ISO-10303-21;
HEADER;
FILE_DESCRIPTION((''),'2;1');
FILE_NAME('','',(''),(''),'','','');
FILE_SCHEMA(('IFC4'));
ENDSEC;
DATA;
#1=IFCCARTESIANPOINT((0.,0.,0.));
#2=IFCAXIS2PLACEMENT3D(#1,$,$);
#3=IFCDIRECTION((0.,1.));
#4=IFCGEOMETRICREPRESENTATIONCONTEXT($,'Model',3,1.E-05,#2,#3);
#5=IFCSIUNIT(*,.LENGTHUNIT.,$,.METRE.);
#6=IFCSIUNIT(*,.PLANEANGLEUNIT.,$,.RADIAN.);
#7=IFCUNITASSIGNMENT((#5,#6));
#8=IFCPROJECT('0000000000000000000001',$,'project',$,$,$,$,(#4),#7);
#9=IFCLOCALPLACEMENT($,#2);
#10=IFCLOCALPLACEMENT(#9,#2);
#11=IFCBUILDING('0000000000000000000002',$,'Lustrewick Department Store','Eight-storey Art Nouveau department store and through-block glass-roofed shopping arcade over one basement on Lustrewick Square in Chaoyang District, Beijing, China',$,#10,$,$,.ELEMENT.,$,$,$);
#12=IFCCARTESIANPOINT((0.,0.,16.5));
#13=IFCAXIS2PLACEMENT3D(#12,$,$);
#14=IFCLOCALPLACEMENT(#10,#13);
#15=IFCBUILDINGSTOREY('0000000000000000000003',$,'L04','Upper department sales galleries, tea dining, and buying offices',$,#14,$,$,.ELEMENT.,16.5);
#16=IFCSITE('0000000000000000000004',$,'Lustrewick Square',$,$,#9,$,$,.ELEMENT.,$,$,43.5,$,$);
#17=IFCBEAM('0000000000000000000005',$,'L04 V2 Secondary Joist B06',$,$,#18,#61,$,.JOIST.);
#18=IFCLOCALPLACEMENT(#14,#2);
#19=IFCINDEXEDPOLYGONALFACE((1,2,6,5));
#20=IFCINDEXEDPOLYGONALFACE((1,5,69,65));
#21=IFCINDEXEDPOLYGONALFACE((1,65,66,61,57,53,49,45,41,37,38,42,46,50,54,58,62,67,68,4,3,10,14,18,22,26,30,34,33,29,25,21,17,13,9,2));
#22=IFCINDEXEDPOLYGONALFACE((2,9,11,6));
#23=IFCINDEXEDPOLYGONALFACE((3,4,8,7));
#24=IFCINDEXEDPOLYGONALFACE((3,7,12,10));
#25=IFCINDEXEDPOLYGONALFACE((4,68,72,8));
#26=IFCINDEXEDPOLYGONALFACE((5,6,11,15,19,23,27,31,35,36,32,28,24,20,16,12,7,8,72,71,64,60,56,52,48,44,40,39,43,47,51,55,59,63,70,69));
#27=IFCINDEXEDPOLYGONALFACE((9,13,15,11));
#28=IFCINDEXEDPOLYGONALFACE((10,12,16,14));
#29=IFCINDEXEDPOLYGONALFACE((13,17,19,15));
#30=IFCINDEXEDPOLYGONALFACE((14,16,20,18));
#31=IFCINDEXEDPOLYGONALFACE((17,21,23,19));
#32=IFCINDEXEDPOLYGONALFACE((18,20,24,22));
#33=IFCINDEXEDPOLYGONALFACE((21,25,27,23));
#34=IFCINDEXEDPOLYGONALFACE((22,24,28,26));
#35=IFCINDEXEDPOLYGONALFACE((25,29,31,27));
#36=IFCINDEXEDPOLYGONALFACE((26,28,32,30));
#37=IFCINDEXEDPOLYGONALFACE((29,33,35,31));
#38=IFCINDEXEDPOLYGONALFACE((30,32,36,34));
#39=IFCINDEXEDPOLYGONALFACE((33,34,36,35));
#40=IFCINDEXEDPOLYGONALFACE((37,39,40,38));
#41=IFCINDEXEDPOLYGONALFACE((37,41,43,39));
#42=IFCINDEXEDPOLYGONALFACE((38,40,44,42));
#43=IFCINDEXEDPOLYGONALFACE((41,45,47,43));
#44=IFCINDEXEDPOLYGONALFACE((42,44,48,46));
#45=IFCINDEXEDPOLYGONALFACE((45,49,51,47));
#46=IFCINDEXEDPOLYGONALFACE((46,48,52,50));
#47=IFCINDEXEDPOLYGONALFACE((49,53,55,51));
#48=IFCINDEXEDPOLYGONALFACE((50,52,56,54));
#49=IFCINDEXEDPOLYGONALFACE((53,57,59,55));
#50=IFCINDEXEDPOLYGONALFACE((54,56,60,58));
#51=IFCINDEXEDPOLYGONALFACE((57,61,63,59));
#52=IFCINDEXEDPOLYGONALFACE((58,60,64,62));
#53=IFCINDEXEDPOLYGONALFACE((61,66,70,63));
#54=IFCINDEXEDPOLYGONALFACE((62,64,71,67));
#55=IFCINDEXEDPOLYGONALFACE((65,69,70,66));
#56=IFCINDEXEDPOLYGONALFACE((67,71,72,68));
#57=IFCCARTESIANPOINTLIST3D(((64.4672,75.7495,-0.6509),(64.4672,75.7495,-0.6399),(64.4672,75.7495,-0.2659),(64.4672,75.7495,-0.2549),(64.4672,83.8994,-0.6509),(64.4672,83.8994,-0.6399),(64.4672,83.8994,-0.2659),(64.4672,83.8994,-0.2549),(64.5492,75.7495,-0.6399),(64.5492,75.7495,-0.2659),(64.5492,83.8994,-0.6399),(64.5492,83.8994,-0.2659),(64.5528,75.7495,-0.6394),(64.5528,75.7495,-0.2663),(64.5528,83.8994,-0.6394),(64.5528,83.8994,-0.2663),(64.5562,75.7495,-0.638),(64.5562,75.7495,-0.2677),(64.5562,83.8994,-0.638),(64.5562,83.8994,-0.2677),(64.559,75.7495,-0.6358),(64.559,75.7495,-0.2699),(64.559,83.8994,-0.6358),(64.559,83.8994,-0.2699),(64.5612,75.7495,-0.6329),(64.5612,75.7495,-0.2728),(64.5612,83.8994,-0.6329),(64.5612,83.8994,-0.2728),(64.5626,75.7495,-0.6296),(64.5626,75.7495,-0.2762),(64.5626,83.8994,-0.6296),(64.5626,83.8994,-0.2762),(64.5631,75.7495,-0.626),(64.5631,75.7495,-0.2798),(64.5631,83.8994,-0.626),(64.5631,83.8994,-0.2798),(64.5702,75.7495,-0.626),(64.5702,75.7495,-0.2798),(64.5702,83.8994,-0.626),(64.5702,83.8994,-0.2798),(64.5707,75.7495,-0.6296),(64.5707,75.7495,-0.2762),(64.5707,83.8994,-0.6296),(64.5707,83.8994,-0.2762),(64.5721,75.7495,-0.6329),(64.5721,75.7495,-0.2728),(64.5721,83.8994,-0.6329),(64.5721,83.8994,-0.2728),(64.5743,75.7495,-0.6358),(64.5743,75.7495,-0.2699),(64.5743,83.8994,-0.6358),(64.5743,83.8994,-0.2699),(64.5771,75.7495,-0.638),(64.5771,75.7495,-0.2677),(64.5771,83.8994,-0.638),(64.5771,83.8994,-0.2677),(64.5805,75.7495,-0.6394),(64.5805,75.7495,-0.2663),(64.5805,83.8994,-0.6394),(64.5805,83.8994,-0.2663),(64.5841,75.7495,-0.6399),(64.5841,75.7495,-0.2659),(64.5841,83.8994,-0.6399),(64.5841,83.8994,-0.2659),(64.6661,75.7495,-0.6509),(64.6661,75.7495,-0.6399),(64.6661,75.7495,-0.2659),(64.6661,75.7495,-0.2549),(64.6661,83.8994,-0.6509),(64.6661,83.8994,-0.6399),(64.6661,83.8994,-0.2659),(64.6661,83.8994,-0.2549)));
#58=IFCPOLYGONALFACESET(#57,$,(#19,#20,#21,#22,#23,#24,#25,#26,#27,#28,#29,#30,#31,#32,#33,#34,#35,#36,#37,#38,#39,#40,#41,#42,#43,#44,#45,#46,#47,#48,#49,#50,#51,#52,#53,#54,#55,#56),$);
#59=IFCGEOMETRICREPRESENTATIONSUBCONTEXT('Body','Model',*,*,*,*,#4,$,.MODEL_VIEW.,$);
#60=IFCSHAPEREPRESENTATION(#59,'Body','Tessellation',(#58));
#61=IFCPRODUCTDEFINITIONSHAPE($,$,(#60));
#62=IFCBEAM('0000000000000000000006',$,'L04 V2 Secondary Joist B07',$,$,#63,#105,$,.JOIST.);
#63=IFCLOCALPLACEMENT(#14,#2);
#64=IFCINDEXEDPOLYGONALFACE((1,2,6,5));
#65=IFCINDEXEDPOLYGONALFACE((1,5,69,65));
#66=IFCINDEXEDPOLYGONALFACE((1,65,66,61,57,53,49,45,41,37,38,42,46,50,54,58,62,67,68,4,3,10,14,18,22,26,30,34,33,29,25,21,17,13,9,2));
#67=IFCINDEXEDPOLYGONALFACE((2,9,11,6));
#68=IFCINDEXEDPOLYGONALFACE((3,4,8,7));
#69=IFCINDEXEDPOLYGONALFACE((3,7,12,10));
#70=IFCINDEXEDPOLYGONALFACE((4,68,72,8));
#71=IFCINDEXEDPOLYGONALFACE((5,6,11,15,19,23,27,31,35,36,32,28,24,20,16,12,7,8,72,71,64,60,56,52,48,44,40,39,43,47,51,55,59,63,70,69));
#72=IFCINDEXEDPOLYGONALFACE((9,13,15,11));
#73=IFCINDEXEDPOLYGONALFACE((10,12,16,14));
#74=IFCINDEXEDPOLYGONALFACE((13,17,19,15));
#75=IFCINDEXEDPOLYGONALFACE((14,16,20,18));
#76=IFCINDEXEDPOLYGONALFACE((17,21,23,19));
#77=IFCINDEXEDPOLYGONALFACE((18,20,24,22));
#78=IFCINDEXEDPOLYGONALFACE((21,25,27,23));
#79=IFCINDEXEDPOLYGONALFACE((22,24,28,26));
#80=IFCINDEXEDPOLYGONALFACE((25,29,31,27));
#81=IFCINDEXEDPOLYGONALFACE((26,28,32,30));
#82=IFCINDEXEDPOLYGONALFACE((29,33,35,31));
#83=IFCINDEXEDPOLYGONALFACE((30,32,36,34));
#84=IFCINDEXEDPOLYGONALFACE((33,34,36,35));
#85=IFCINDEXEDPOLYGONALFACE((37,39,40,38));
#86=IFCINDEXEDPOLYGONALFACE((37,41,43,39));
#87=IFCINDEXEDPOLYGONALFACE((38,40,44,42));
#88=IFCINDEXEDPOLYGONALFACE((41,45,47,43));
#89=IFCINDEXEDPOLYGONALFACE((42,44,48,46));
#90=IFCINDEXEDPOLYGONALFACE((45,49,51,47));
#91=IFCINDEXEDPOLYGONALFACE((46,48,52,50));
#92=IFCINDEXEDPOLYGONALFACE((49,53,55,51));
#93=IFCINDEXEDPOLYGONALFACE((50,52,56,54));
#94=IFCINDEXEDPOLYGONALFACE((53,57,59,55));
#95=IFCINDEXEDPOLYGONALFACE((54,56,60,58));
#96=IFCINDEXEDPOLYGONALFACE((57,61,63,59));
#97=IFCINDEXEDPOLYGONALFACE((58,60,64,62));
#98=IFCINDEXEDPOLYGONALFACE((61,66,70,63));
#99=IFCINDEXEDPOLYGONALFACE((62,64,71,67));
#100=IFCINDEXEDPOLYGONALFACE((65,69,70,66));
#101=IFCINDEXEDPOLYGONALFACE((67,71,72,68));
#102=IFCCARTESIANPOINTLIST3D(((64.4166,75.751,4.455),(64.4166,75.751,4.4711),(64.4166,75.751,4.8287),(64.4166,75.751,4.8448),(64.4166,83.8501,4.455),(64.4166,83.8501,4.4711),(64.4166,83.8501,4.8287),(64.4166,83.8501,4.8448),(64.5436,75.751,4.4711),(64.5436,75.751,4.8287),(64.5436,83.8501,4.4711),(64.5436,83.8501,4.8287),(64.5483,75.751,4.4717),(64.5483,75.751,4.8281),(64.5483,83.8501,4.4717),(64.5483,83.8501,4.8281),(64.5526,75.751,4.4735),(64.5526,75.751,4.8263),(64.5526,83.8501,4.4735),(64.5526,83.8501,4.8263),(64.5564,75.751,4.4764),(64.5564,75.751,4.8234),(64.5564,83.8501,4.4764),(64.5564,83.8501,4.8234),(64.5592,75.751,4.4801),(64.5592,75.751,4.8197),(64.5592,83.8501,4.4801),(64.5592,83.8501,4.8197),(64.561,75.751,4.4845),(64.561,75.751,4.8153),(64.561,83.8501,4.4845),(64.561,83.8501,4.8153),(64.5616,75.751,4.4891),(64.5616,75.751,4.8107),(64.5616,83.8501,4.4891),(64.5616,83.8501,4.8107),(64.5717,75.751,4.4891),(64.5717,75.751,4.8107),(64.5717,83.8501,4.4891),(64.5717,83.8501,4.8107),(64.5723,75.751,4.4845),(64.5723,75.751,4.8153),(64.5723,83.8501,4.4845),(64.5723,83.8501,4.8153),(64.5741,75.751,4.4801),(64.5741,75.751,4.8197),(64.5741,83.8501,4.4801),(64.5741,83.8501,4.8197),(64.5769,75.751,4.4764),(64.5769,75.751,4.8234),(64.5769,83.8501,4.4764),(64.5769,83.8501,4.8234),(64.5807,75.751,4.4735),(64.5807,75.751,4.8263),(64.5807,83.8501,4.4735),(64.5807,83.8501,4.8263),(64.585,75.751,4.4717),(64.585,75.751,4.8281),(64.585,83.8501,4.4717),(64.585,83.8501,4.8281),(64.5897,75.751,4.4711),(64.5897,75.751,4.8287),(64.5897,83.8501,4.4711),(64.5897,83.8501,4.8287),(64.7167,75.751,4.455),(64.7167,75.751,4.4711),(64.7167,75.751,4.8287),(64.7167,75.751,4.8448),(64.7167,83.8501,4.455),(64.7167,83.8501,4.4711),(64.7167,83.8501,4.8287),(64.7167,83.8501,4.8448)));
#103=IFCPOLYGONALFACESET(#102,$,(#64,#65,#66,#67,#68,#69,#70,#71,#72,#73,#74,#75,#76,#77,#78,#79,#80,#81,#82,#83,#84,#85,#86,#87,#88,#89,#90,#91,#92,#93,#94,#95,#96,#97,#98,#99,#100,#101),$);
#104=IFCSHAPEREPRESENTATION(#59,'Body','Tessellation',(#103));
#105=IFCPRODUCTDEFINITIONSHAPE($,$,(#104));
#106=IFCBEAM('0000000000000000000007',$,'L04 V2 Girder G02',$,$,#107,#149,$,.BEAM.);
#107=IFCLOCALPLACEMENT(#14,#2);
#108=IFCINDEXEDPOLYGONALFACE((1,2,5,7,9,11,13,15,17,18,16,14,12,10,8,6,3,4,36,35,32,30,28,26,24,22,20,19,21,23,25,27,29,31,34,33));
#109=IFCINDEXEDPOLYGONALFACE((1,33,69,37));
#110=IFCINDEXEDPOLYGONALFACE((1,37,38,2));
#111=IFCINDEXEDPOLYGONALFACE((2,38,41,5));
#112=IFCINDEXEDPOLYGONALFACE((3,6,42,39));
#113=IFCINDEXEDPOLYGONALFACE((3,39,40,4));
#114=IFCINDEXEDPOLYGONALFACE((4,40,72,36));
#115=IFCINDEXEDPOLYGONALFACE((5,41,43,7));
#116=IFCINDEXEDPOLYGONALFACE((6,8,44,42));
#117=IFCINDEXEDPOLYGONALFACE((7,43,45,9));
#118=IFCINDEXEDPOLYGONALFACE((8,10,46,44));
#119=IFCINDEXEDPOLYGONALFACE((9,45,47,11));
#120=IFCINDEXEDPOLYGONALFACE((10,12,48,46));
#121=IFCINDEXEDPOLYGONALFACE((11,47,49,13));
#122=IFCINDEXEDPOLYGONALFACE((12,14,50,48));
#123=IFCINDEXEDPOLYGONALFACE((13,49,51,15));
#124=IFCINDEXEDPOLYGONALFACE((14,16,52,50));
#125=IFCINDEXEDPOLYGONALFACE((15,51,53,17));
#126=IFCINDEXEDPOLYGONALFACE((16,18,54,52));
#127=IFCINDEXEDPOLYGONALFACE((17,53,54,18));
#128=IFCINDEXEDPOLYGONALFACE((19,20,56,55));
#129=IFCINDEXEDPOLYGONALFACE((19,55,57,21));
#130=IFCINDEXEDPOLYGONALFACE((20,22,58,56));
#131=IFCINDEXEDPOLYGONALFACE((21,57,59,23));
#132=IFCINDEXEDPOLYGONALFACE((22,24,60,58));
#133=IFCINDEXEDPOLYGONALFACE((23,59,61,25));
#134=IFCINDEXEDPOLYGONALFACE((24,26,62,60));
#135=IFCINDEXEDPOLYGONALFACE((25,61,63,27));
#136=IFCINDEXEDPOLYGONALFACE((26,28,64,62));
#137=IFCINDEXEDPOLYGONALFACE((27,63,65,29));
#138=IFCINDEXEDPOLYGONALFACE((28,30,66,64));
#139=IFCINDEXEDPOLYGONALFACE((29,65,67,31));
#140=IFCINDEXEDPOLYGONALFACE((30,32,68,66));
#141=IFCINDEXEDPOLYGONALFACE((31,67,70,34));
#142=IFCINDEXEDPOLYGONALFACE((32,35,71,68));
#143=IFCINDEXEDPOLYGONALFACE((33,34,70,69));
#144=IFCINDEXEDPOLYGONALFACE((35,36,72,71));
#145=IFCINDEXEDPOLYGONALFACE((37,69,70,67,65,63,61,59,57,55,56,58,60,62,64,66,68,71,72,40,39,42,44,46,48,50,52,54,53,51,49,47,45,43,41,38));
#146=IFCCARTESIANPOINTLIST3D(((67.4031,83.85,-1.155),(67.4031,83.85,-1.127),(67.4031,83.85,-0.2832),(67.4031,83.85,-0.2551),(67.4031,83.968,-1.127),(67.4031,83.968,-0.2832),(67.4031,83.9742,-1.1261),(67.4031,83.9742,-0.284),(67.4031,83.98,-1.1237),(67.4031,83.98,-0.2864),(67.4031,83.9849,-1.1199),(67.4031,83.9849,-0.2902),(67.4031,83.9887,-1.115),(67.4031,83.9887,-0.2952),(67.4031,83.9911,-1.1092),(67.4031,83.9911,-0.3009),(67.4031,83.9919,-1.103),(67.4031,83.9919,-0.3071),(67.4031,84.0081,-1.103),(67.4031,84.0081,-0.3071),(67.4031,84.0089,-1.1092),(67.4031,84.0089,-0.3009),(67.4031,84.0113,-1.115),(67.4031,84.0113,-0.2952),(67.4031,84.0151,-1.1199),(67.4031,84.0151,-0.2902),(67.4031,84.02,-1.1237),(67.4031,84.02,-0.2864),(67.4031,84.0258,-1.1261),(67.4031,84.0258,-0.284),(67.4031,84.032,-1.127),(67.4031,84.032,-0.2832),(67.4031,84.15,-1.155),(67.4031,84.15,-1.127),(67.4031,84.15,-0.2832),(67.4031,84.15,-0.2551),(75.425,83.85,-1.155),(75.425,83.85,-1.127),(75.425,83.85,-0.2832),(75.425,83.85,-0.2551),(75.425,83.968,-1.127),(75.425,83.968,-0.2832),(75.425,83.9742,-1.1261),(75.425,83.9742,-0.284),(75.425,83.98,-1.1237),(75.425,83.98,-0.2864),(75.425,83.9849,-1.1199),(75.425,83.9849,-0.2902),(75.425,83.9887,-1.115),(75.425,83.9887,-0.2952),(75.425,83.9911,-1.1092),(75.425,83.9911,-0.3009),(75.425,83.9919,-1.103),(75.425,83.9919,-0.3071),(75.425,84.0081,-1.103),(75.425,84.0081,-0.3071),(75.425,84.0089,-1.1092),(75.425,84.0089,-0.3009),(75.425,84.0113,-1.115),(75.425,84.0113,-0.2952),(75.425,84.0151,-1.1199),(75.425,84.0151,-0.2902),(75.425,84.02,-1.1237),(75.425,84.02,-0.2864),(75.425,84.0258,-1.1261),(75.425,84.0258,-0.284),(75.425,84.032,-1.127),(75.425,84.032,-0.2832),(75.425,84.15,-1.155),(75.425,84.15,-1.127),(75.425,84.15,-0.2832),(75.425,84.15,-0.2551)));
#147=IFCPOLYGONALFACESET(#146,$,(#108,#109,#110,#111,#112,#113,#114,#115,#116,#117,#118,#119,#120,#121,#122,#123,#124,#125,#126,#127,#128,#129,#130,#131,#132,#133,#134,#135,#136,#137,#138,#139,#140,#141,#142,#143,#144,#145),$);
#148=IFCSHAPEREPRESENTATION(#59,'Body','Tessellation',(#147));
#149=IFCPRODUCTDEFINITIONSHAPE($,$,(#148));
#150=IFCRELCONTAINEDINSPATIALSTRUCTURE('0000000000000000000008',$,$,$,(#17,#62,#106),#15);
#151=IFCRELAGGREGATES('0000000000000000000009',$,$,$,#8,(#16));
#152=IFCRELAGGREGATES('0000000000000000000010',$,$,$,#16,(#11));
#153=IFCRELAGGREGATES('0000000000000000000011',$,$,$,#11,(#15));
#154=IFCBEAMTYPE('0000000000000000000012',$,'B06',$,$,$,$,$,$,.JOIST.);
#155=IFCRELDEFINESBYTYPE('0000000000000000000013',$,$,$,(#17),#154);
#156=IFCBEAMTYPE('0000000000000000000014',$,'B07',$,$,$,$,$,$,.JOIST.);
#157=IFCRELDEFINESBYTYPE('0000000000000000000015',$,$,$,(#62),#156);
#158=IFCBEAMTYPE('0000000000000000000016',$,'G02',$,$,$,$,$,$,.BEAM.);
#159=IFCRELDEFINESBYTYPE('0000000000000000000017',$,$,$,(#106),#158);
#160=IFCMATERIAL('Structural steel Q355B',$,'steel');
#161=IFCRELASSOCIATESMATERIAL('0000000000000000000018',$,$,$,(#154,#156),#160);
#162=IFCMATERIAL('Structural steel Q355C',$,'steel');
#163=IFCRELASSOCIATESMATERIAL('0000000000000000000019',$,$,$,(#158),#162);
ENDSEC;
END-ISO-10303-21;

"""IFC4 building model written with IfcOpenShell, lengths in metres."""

from ifc_helpers import new_model, si_unit, direction, frame, origin, origin_2d, place, context, subcontext, project, spatial, i_section, extrude, material, material_profile, profile_set, type_object, element, save


model = new_model("IFC4")

# Units and contexts
model_context = context("Model", 3, precision=1e-05, world=origin(), true_north=direction((0.0, 1.0)))
body_context = subcontext(model_context, "Body", "Model", "MODEL_VIEW")
ifc_project = project(units=[si_unit("LENGTHUNIT", "METRE"), si_unit("PLANEANGLEUNIT", "RADIAN")], contexts=[model_context])

# Site, building, storey
site_placement = place(None, origin())
site = spatial("IfcSite", under=ifc_project, at=site_placement, Name="Lustrewick Square", CompositionType="ELEMENT", RefElevation=43.5)
building_placement = place(site_placement, origin())
building = spatial("IfcBuilding", under=site, at=building_placement, Name="Lustrewick Department Store", Description="Eight-storey Art Nouveau department store and through-block glass-roofed shopping arcade over one basement on Lustrewick Square in Chaoyang District, Beijing, China", CompositionType="ELEMENT")
storey_placement = place(building_placement, frame((0.0, 0.0, 16.5)))
storey = spatial("IfcBuildingStorey", under=building, at=storey_placement, Name="L04", Description="Upper department sales galleries, tea dining, and buying offices", CompositionType="ELEMENT", Elevation=16.5)

# Shared definitions
ifc_material_1 = material(Name="Structural steel Q355B", Category="steel")
ifc_material_2 = material(Name="Structural steel Q355C", Category="steel")

# Beams
ifc_material_profile_1 = material_profile(ifc_material_1, i_section(OverallWidth=0.199, OverallDepth=0.396, WebThickness=0.0071, FlangeThickness=0.011, FilletRadius=0.0139, at=origin_2d()), Name="HN 396x199x7x11")
ifc_profile_set_1 = profile_set([ifc_material_profile_1], Name="Structural steel Q355B")
beam_type_1 = type_object("IfcBeamType", Name="B06", PredefinedType="JOIST", material=ifc_profile_set_1)
beam_1_placement = place(storey_placement, frame((64.5667, 75.7495, -0.4529), z_axis=(0.0, 1.0, 0.0), x_axis=(-1.0, 0.0, 0.0)))
element("IfcBeam", 1, at=beam_1_placement, inside=storey, type_object=beam_type_1, Name="L04 V2 Secondary Joist B06", PredefinedType="JOIST", context=body_context, shape_type="SweptSolid", body=[
    extrude(i_section(OverallWidth=0.199, OverallDepth=0.396, WebThickness=0.0071, FlangeThickness=0.011, FilletRadius=0.0139, at=origin_2d()), origin(), (0.0, 0.0, 1.0), 8.1499),
])
ifc_material_profile_2 = material_profile(ifc_material_1, i_section(OverallWidth=0.3, OverallDepth=0.3899, WebThickness=0.01, FlangeThickness=0.0161, FilletRadius=0.0181, at=origin_2d()), Name="HM 390x300x10x16")
ifc_profile_set_2 = profile_set([ifc_material_profile_2], Name="Structural steel Q355B")
beam_type_2 = type_object("IfcBeamType", Name="B07", PredefinedType="JOIST", material=ifc_profile_set_2)
beam_2_placement = place(storey_placement, frame((64.5667, 75.751, 4.6499), z_axis=(0.0, 1.0, 0.0), x_axis=(-1.0, 0.0, 0.0)))
element("IfcBeam", 2, at=beam_2_placement, inside=storey, type_object=beam_type_2, Name="L04 V2 Secondary Joist B07", PredefinedType="JOIST", context=body_context, shape_type="SweptSolid", body=[
    extrude(i_section(OverallWidth=0.3, OverallDepth=0.3899, WebThickness=0.01, FlangeThickness=0.0161, FilletRadius=0.0181, at=origin_2d()), origin(), (0.0, 0.0, 1.0), 8.0991),
])
ifc_material_profile_3 = material_profile(ifc_material_2, i_section(OverallWidth=0.3, OverallDepth=0.8999, WebThickness=0.0161, FlangeThickness=0.0281, FilletRadius=0.0239, at=origin_2d()), Name="HN 900x300x16x28")
ifc_profile_set_3 = profile_set([ifc_material_profile_3], Name="Structural steel Q355C")
beam_type_3 = type_object("IfcBeamType", Name="G02", PredefinedType="BEAM", material=ifc_profile_set_3)
beam_3_placement = place(storey_placement, frame((67.4031, 84.0, -0.7051), z_axis=(1.0, 0.0, 0.0), x_axis=(0.0, 1.0, 0.0)))
element("IfcBeam", 3, at=beam_3_placement, inside=storey, type_object=beam_type_3, Name="L04 V2 Girder G02", PredefinedType="BEAM", context=body_context, shape_type="SweptSolid", body=[
    extrude(i_section(OverallWidth=0.3, OverallDepth=0.8999, WebThickness=0.0161, FlangeThickness=0.0281, FilletRadius=0.0239, at=origin_2d()), origin(), (0.0, 0.0, 1.0), 8.022),
])

save(model, "model.ifc")
